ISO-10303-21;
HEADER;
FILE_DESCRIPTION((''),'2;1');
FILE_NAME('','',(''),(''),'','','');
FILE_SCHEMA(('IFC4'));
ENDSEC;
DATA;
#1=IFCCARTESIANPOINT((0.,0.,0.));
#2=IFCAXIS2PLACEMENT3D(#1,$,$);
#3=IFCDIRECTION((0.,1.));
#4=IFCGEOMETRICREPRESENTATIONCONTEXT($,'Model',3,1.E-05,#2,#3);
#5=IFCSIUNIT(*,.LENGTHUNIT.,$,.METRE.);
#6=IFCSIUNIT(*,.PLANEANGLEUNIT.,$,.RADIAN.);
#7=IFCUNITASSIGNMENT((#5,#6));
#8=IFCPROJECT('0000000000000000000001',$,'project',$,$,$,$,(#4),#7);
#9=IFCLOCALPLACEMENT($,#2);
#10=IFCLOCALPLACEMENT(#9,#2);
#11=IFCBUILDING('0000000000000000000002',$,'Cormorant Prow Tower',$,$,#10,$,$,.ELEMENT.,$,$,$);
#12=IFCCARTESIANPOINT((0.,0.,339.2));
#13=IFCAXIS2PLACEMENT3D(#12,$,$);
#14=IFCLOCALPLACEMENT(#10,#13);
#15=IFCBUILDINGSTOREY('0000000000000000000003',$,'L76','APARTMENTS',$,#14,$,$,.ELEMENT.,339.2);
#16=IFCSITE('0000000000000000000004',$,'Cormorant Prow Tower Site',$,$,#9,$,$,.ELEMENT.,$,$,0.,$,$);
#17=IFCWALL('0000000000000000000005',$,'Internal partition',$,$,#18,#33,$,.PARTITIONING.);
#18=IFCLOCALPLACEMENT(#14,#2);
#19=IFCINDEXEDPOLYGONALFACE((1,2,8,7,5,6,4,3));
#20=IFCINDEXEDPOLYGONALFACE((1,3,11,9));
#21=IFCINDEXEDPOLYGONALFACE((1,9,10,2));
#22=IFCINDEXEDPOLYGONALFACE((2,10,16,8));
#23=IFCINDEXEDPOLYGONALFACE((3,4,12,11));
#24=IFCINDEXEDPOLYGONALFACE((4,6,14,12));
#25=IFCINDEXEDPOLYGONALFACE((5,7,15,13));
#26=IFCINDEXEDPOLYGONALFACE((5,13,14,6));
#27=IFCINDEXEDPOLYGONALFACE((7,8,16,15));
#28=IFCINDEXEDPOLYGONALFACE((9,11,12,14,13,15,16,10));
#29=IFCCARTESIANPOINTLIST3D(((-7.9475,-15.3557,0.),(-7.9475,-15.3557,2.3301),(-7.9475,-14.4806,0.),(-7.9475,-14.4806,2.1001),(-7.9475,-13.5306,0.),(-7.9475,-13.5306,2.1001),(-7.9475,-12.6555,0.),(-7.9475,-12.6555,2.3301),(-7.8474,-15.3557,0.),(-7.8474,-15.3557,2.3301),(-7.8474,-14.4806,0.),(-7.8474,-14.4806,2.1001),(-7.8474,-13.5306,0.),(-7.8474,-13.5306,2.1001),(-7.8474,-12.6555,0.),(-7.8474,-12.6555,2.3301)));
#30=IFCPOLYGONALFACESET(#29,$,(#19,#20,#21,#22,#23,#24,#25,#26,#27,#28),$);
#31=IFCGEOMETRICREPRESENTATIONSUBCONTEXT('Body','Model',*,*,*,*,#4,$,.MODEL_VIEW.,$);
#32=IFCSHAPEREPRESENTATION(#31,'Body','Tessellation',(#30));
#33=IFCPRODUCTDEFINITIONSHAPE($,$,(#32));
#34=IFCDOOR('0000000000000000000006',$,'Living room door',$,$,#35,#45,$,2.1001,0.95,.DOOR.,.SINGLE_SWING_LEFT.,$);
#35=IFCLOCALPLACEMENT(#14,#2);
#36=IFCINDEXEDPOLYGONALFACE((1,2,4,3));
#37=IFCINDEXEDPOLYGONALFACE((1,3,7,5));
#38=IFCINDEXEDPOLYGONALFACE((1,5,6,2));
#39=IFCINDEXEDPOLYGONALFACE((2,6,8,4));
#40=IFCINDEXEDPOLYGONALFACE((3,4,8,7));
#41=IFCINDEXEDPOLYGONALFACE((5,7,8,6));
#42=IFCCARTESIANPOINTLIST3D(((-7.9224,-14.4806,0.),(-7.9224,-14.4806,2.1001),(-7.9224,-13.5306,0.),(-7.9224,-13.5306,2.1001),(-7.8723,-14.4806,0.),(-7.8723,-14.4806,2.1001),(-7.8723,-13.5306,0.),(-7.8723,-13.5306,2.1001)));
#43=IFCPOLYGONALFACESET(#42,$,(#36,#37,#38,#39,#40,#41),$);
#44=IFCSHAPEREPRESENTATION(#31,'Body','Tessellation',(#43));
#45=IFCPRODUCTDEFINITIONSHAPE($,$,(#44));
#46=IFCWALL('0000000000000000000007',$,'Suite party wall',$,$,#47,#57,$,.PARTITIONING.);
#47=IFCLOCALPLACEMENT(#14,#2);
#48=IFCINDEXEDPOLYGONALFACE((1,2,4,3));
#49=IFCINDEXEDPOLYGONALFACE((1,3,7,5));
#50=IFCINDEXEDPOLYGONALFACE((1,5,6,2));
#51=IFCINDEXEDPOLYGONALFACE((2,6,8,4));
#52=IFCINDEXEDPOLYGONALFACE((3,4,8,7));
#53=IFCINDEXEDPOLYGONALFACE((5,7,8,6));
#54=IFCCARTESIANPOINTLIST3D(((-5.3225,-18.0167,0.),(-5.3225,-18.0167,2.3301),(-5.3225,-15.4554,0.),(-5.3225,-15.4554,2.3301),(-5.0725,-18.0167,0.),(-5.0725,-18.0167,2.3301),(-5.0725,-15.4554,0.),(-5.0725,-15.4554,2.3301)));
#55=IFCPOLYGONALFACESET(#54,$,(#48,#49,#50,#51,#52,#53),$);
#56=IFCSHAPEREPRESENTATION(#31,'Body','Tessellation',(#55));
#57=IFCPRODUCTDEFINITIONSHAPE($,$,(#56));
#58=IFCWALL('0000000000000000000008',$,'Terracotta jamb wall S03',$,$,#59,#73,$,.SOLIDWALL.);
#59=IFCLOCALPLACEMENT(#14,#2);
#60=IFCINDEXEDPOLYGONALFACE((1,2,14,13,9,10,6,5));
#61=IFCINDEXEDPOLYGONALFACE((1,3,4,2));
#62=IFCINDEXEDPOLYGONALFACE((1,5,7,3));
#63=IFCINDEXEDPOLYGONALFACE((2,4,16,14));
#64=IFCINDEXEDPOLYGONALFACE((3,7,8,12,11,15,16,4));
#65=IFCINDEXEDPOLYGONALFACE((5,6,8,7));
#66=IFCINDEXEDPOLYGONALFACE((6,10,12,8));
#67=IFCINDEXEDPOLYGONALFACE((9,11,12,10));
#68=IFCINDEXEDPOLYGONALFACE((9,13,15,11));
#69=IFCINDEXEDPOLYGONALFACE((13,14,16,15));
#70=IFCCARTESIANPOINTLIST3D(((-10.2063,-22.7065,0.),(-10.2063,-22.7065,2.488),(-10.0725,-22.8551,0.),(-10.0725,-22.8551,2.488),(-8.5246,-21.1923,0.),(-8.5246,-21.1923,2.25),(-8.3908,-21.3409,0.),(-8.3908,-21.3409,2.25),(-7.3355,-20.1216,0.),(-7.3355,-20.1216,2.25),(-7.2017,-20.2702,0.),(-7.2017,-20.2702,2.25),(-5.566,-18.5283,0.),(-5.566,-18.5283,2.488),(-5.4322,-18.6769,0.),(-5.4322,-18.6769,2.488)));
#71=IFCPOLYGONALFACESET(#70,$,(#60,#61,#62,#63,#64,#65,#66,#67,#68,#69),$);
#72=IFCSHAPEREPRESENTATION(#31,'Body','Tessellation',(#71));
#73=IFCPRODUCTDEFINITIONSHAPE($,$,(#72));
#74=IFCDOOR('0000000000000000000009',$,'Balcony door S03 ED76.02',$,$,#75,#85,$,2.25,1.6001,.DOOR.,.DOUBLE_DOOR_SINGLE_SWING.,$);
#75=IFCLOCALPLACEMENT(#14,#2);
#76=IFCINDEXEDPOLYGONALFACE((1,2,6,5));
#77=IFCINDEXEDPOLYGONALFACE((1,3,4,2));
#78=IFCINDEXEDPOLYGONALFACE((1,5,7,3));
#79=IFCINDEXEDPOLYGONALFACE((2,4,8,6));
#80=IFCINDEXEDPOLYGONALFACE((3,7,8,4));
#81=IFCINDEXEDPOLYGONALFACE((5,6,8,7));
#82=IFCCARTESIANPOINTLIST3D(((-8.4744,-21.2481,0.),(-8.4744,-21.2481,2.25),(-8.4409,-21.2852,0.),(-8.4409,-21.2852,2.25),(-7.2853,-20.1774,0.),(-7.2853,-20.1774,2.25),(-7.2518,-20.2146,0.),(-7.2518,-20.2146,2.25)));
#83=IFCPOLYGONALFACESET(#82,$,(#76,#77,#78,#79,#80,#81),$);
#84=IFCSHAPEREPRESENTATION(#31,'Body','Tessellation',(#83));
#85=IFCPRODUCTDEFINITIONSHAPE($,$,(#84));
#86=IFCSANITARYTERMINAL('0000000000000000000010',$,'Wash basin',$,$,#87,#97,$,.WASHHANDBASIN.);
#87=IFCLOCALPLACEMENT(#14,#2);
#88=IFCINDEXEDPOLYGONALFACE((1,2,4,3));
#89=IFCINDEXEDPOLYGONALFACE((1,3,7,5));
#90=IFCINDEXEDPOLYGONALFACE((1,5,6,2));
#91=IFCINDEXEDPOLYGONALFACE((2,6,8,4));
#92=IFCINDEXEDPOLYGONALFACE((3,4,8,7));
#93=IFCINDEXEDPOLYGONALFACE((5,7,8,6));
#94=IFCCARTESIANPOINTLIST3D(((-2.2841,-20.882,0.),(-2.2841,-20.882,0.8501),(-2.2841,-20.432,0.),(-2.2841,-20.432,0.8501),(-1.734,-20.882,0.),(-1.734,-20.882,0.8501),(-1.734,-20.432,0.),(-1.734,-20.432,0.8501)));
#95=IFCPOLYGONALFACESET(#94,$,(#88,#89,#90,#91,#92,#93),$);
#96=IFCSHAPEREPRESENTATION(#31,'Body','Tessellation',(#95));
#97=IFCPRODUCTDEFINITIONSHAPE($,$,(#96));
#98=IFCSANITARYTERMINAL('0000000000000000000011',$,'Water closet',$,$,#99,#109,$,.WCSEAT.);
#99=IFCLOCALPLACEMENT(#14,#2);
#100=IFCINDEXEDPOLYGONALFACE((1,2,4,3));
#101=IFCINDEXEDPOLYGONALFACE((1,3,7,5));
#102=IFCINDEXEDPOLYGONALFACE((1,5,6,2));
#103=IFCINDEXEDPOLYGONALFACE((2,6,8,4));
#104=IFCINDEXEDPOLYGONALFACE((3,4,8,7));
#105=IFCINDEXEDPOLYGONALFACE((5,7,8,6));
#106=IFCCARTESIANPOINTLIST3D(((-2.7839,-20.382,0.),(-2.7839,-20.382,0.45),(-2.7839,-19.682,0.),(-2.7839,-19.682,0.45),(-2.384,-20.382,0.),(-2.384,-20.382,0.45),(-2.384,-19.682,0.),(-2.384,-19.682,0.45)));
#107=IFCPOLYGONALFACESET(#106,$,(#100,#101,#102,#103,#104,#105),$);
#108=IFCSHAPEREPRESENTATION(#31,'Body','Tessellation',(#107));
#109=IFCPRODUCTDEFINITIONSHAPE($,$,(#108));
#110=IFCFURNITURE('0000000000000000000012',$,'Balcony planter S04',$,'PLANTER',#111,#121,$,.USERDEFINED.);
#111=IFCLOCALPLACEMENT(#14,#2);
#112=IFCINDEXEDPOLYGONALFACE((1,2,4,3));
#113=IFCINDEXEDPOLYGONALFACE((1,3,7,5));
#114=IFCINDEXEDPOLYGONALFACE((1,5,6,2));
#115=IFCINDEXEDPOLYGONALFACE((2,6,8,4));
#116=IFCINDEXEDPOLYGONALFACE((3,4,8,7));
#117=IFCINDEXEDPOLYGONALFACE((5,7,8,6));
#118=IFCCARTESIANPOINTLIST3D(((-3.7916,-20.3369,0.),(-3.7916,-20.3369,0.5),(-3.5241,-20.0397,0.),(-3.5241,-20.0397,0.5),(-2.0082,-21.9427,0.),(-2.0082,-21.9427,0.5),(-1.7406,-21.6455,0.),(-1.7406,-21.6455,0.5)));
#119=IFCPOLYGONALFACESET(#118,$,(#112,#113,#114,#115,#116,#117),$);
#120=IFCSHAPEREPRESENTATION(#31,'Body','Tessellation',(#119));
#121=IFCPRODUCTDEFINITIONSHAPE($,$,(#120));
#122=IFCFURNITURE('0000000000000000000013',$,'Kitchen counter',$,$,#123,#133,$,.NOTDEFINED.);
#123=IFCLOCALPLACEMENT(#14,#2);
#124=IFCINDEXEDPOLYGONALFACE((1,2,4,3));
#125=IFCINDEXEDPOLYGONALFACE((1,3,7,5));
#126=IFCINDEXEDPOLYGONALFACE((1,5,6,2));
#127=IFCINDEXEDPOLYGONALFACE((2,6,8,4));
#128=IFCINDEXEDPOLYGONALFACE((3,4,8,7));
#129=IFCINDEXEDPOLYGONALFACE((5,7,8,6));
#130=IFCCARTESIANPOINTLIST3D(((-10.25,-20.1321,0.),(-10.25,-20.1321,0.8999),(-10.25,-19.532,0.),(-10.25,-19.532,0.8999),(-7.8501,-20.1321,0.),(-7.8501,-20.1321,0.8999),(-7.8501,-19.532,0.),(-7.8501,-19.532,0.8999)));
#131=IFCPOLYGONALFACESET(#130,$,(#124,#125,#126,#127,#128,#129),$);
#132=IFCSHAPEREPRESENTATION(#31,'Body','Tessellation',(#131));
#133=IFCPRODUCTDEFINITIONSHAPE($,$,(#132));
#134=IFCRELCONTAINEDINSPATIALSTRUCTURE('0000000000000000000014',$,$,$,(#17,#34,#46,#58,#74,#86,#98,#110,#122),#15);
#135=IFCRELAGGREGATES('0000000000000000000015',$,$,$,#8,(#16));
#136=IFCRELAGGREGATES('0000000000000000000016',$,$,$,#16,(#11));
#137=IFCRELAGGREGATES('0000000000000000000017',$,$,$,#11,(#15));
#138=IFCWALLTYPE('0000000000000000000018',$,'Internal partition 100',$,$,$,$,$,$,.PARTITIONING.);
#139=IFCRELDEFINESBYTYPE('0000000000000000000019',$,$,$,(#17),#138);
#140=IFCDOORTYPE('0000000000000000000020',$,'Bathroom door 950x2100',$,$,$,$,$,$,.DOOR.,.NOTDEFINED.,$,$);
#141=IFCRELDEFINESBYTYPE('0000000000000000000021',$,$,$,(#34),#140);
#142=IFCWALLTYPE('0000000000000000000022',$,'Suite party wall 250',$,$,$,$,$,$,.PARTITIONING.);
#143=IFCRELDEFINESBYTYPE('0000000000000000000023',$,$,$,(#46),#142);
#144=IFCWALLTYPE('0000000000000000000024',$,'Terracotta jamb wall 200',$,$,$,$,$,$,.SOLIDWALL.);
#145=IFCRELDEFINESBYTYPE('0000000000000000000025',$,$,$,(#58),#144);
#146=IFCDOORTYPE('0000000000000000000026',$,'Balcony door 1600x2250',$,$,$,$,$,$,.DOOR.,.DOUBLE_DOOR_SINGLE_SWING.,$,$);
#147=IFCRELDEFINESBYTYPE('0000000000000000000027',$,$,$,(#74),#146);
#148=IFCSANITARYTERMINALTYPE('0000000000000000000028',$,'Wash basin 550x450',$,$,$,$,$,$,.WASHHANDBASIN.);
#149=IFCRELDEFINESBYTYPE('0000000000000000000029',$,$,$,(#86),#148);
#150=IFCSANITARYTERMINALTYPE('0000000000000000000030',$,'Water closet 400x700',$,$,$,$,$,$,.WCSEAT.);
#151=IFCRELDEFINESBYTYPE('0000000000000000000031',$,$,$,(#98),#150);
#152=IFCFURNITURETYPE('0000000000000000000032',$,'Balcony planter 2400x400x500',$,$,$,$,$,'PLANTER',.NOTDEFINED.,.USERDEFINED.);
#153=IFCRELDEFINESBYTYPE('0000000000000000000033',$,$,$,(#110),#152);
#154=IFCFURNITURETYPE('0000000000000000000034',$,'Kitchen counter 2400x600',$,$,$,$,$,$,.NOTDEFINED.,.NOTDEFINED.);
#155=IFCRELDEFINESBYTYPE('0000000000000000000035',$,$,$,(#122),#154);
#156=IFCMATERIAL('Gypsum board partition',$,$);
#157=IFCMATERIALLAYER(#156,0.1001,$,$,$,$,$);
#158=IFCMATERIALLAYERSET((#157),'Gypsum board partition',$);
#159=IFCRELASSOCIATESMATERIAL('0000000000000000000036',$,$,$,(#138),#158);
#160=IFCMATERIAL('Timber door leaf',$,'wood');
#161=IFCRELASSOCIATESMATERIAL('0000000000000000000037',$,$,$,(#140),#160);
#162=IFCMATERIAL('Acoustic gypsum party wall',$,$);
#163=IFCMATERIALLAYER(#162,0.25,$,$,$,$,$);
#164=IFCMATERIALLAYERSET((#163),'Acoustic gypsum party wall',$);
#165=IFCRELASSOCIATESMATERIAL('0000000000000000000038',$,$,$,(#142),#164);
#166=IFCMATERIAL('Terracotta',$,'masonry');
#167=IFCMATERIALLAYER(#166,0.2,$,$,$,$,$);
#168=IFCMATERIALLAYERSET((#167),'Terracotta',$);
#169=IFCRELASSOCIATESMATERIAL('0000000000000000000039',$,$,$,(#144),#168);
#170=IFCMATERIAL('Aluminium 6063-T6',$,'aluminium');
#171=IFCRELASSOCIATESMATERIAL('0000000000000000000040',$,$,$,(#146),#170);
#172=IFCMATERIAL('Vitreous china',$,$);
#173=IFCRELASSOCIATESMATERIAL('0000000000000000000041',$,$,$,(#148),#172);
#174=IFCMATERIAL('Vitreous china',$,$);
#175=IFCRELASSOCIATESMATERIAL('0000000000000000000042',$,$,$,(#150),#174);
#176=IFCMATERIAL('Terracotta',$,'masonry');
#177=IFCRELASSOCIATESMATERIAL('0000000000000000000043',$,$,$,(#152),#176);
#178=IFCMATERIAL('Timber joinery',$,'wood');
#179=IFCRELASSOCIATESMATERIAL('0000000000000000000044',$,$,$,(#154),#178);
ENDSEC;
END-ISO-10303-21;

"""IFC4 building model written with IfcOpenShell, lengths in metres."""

from ifc_helpers import new_model, si_unit, direction, frame, frame_2d, origin, origin_2d, place, context, subcontext, project, spatial, rectangle, extrude, material, layer, layer_set, type_object, element, fill, save


model = new_model("IFC4")

# Units and contexts
model_context = context("Model", 3, precision=1e-05, world=origin(), true_north=direction((0.0, 1.0)))
body_context = subcontext(model_context, "Body", "Model", "MODEL_VIEW")
ifc_project = project(units=[si_unit("LENGTHUNIT", "METRE"), si_unit("PLANEANGLEUNIT", "RADIAN")], contexts=[model_context])

# Site, building, storey
site_placement = place(None, origin())
site = spatial("IfcSite", under=ifc_project, at=site_placement, Name="Cormorant Prow Tower Site", CompositionType="ELEMENT", RefElevation=0.0)
building_placement = place(site_placement, origin())
building = spatial("IfcBuilding", under=site, at=building_placement, Name="Cormorant Prow Tower", CompositionType="ELEMENT")
storey_placement = place(building_placement, frame((0.0, 0.0, 339.2)))
storey = spatial("IfcBuildingStorey", under=building, at=storey_placement, Name="L76", Description="APARTMENTS", CompositionType="ELEMENT", Elevation=339.2)

# Shared definitions
ifc_material_1 = material(Name="Gypsum board partition")
ifc_layer_1 = layer(ifc_material_1, 0.1001)
ifc_layer_set_1 = layer_set([ifc_layer_1], Name="Gypsum board partition")
wall_type_1 = type_object("IfcWallType", Name="Internal partition 100", PredefinedType="PARTITIONING", material=ifc_layer_set_1)
ifc_material_2 = material(Name="Timber door leaf", Category="wood")
door_type_1 = type_object("IfcDoorType", Name="Bathroom door 950x2100", OperationType="NOTDEFINED", PredefinedType="DOOR", material=ifc_material_2)

# Wall, opening, door
wall_1_placement = place(storey_placement, frame((-7.8975, -15.3557, 0.0), z_axis=(0.0, 0.0, 1.0), x_axis=(0.0, 1.0, 0.0)))
wall_1 = element("IfcWall", 1, at=wall_1_placement, inside=storey, type_object=wall_type_1, Name="Internal partition", PredefinedType="PARTITIONING", context=body_context, shape_type="SweptSolid", body=[
    extrude(rectangle(XDim=2.7002, YDim=0.1001, at=frame_2d((1.3501, 0.0))), origin(), (0.0, 0.0, 1.0), 2.3301),
])
opening_1_placement = place(wall_1_placement, frame((0.875, 0.0, 0.0)))
opening_1 = element("IfcOpeningElement", 2, at=opening_1_placement, cuts=wall_1, PredefinedType="OPENING", context=body_context, shape_type="SweptSolid", body=[
    extrude(rectangle(XDim=0.95, YDim=2.1001, at=frame_2d((0.4751, 1.05))), frame((0.0, 0.0601, 0.0), z_axis=(0.0, -1.0, 0.0), x_axis=(1.0, 0.0, 0.0)), (0.0, 0.0, 1.0), 0.1201),
])
door_1_placement = place(opening_1_placement, origin())
door_1 = element("IfcDoor", 3, at=door_1_placement, inside=storey, type_object=door_type_1, Name="Living room door", OperationType="SINGLE_SWING_LEFT", OverallHeight=2.1001, OverallWidth=0.95, PredefinedType="DOOR", context=body_context, shape_type="SweptSolid", body=[
    extrude(rectangle(XDim=0.95, YDim=2.1001, at=frame_2d((0.4751, 1.05))), frame((0.0, 0.0249, 0.0), z_axis=(0.0, -1.0, 0.0), x_axis=(1.0, 0.0, 0.0)), (0.0, 0.0, 1.0), 0.05),
])
fill(opening_1, door_1)

# Wall
ifc_material_3 = material(Name="Acoustic gypsum party wall")
ifc_layer_2 = layer(ifc_material_3, 0.25)
ifc_layer_set_2 = layer_set([ifc_layer_2], Name="Acoustic gypsum party wall")
wall_type_2 = type_object("IfcWallType", Name="Suite party wall 250", PredefinedType="PARTITIONING", material=ifc_layer_set_2)
wall_2_placement = place(storey_placement, frame((-5.1975, -18.0168, 0.0), z_axis=(0.0, 0.0, 1.0), x_axis=(0.0, 1.0, 0.0)))
element("IfcWall", 4, at=wall_2_placement, inside=storey, type_object=wall_type_2, Name="Suite party wall", PredefinedType="PARTITIONING", context=body_context, shape_type="SweptSolid", body=[
    extrude(rectangle(XDim=2.5613, YDim=0.25, at=frame_2d((1.2808, 0.0))), origin(), (0.0, 0.0, 1.0), 2.3301),
])

# Wall, opening, door
ifc_material_4 = material(Name="Terracotta", Category="masonry")
ifc_layer_3 = layer(ifc_material_4, 0.2)
ifc_layer_set_3 = layer_set([ifc_layer_3], Name="Terracotta")
wall_type_3 = type_object("IfcWallType", Name="Terracotta jamb wall 200", PredefinedType="SOLIDWALL", material=ifc_layer_set_3)
wall_3_placement = place(storey_placement, frame((-10.1394, -22.7808, 0.0), z_axis=(0.0, 0.0, 1.0), x_axis=(0.743144, 0.669131, 0.0)))
wall_3 = element("IfcWall", 5, at=wall_3_placement, inside=storey, type_object=wall_type_3, Name="Terracotta jamb wall S03", PredefinedType="SOLIDWALL", context=body_context, shape_type="SweptSolid", body=[
    extrude(rectangle(XDim=6.2441, YDim=0.2, at=frame_2d((3.1221, 0.0))), origin(), (0.0, 0.0, 1.0), 2.488),
])
opening_2_placement = place(wall_3_placement, frame((2.2629, 0.0, 0.0)))
opening_2 = element("IfcOpeningElement", 6, at=opening_2_placement, cuts=wall_3, PredefinedType="OPENING", context=body_context, shape_type="SweptSolid", body=[
    extrude(rectangle(XDim=1.6001, YDim=2.25, at=frame_2d((0.8, 1.125))), frame((0.0, 0.1099, 0.0), z_axis=(0.0, -1.0, 0.0), x_axis=(1.0, 0.0, 0.0)), (0.0, 0.0, 1.0), 0.22),
])
ifc_material_5 = material(Name="Aluminium 6063-T6", Category="aluminium")
door_type_2 = type_object("IfcDoorType", Name="Balcony door 1600x2250", OperationType="DOUBLE_DOOR_SINGLE_SWING", PredefinedType="DOOR", material=ifc_material_5)
door_2_placement = place(opening_2_placement, origin())
door_2 = element("IfcDoor", 7, at=door_2_placement, inside=storey, type_object=door_type_2, Name="Balcony door S03 ED76.02", OperationType="DOUBLE_DOOR_SINGLE_SWING", OverallHeight=2.25, OverallWidth=1.6001, PredefinedType="DOOR", context=body_context, shape_type="SweptSolid", body=[
    extrude(rectangle(XDim=1.6001, YDim=2.25, at=frame_2d((0.8, 1.125))), frame((0.0, 0.0249, 0.0), z_axis=(0.0, -1.0, 0.0), x_axis=(1.0, 0.0, 0.0)), (0.0, 0.0, 1.0), 0.05),
])
fill(opening_2, door_2)

# Sanitary terminals
ifc_material_6 = material(Name="Vitreous china")
sanitary_terminal_type_1 = type_object("IfcSanitaryTerminalType", Name="Wash basin 550x450", PredefinedType="WASHHANDBASIN", material=ifc_material_6)
sanitary_terminal_1_placement = place(storey_placement, frame((-2.009, -20.657, 0.0), z_axis=(0.0, 0.0, 1.0), x_axis=(1.0, 0.0, 0.0)))
element("IfcSanitaryTerminal", 8, at=sanitary_terminal_1_placement, inside=storey, type_object=sanitary_terminal_type_1, Name="Wash basin", PredefinedType="WASHHANDBASIN", context=body_context, shape_type="SweptSolid", body=[
    extrude(rectangle(XDim=0.55, YDim=0.45, at=origin_2d()), origin(), (0.0, 0.0, 1.0), 0.8501),
])
ifc_material_7 = material(Name="Vitreous china")
sanitary_terminal_type_2 = type_object("IfcSanitaryTerminalType", Name="Water closet 400x700", PredefinedType="WCSEAT", material=ifc_material_7)
sanitary_terminal_2_placement = place(storey_placement, frame((-2.584, -20.032, 0.0), z_axis=(0.0, 0.0, 1.0), x_axis=(1.0, 0.0, 0.0)))
element("IfcSanitaryTerminal", 9, at=sanitary_terminal_2_placement, inside=storey, type_object=sanitary_terminal_type_2, Name="Water closet", PredefinedType="WCSEAT", context=body_context, shape_type="SweptSolid", body=[
    extrude(rectangle(XDim=0.3999, YDim=0.7, at=origin_2d()), origin(), (0.0, 0.0, 1.0), 0.45),
])

# Furniture
ifc_material_8 = material(Name="Terracotta", Category="masonry")
furniture_type_1 = type_object("IfcFurnitureType", Name="Balcony planter 2400x400x500", ElementType="PLANTER", AssemblyPlace="NOTDEFINED", PredefinedType="USERDEFINED", material=ifc_material_8)
furniture_1_placement = place(storey_placement, frame((-2.7661, -20.9912, 0.0), z_axis=(0.0, 0.0, 1.0), x_axis=(0.743145, -0.669131, 0.0)))
element("IfcFurniture", 10, at=furniture_1_placement, inside=storey, type_object=furniture_type_1, Name="Balcony planter S04", ObjectType="PLANTER", PredefinedType="USERDEFINED", context=body_context, shape_type="SweptSolid", body=[
    extrude(rectangle(XDim=2.3999, YDim=0.3999, at=origin_2d()), origin(), (0.0, 0.0, 1.0), 0.5),
])
ifc_material_9 = material(Name="Timber joinery", Category="wood")
furniture_type_2 = type_object("IfcFurnitureType", Name="Kitchen counter 2400x600", AssemblyPlace="NOTDEFINED", PredefinedType="NOTDEFINED", material=ifc_material_9)
furniture_2_placement = place(storey_placement, frame((-9.05, -19.832, 0.0), z_axis=(0.0, 0.0, 1.0), x_axis=(1.0, 0.0, 0.0)))
element("IfcFurniture", 11, at=furniture_2_placement, inside=storey, type_object=furniture_type_2, Name="Kitchen counter", PredefinedType="NOTDEFINED", context=body_context, shape_type="SweptSolid", body=[
    extrude(rectangle(XDim=2.3999, YDim=0.6001, at=origin_2d()), origin(), (0.0, 0.0, 1.0), 0.8999),
])

save(model, "model.ifc")
